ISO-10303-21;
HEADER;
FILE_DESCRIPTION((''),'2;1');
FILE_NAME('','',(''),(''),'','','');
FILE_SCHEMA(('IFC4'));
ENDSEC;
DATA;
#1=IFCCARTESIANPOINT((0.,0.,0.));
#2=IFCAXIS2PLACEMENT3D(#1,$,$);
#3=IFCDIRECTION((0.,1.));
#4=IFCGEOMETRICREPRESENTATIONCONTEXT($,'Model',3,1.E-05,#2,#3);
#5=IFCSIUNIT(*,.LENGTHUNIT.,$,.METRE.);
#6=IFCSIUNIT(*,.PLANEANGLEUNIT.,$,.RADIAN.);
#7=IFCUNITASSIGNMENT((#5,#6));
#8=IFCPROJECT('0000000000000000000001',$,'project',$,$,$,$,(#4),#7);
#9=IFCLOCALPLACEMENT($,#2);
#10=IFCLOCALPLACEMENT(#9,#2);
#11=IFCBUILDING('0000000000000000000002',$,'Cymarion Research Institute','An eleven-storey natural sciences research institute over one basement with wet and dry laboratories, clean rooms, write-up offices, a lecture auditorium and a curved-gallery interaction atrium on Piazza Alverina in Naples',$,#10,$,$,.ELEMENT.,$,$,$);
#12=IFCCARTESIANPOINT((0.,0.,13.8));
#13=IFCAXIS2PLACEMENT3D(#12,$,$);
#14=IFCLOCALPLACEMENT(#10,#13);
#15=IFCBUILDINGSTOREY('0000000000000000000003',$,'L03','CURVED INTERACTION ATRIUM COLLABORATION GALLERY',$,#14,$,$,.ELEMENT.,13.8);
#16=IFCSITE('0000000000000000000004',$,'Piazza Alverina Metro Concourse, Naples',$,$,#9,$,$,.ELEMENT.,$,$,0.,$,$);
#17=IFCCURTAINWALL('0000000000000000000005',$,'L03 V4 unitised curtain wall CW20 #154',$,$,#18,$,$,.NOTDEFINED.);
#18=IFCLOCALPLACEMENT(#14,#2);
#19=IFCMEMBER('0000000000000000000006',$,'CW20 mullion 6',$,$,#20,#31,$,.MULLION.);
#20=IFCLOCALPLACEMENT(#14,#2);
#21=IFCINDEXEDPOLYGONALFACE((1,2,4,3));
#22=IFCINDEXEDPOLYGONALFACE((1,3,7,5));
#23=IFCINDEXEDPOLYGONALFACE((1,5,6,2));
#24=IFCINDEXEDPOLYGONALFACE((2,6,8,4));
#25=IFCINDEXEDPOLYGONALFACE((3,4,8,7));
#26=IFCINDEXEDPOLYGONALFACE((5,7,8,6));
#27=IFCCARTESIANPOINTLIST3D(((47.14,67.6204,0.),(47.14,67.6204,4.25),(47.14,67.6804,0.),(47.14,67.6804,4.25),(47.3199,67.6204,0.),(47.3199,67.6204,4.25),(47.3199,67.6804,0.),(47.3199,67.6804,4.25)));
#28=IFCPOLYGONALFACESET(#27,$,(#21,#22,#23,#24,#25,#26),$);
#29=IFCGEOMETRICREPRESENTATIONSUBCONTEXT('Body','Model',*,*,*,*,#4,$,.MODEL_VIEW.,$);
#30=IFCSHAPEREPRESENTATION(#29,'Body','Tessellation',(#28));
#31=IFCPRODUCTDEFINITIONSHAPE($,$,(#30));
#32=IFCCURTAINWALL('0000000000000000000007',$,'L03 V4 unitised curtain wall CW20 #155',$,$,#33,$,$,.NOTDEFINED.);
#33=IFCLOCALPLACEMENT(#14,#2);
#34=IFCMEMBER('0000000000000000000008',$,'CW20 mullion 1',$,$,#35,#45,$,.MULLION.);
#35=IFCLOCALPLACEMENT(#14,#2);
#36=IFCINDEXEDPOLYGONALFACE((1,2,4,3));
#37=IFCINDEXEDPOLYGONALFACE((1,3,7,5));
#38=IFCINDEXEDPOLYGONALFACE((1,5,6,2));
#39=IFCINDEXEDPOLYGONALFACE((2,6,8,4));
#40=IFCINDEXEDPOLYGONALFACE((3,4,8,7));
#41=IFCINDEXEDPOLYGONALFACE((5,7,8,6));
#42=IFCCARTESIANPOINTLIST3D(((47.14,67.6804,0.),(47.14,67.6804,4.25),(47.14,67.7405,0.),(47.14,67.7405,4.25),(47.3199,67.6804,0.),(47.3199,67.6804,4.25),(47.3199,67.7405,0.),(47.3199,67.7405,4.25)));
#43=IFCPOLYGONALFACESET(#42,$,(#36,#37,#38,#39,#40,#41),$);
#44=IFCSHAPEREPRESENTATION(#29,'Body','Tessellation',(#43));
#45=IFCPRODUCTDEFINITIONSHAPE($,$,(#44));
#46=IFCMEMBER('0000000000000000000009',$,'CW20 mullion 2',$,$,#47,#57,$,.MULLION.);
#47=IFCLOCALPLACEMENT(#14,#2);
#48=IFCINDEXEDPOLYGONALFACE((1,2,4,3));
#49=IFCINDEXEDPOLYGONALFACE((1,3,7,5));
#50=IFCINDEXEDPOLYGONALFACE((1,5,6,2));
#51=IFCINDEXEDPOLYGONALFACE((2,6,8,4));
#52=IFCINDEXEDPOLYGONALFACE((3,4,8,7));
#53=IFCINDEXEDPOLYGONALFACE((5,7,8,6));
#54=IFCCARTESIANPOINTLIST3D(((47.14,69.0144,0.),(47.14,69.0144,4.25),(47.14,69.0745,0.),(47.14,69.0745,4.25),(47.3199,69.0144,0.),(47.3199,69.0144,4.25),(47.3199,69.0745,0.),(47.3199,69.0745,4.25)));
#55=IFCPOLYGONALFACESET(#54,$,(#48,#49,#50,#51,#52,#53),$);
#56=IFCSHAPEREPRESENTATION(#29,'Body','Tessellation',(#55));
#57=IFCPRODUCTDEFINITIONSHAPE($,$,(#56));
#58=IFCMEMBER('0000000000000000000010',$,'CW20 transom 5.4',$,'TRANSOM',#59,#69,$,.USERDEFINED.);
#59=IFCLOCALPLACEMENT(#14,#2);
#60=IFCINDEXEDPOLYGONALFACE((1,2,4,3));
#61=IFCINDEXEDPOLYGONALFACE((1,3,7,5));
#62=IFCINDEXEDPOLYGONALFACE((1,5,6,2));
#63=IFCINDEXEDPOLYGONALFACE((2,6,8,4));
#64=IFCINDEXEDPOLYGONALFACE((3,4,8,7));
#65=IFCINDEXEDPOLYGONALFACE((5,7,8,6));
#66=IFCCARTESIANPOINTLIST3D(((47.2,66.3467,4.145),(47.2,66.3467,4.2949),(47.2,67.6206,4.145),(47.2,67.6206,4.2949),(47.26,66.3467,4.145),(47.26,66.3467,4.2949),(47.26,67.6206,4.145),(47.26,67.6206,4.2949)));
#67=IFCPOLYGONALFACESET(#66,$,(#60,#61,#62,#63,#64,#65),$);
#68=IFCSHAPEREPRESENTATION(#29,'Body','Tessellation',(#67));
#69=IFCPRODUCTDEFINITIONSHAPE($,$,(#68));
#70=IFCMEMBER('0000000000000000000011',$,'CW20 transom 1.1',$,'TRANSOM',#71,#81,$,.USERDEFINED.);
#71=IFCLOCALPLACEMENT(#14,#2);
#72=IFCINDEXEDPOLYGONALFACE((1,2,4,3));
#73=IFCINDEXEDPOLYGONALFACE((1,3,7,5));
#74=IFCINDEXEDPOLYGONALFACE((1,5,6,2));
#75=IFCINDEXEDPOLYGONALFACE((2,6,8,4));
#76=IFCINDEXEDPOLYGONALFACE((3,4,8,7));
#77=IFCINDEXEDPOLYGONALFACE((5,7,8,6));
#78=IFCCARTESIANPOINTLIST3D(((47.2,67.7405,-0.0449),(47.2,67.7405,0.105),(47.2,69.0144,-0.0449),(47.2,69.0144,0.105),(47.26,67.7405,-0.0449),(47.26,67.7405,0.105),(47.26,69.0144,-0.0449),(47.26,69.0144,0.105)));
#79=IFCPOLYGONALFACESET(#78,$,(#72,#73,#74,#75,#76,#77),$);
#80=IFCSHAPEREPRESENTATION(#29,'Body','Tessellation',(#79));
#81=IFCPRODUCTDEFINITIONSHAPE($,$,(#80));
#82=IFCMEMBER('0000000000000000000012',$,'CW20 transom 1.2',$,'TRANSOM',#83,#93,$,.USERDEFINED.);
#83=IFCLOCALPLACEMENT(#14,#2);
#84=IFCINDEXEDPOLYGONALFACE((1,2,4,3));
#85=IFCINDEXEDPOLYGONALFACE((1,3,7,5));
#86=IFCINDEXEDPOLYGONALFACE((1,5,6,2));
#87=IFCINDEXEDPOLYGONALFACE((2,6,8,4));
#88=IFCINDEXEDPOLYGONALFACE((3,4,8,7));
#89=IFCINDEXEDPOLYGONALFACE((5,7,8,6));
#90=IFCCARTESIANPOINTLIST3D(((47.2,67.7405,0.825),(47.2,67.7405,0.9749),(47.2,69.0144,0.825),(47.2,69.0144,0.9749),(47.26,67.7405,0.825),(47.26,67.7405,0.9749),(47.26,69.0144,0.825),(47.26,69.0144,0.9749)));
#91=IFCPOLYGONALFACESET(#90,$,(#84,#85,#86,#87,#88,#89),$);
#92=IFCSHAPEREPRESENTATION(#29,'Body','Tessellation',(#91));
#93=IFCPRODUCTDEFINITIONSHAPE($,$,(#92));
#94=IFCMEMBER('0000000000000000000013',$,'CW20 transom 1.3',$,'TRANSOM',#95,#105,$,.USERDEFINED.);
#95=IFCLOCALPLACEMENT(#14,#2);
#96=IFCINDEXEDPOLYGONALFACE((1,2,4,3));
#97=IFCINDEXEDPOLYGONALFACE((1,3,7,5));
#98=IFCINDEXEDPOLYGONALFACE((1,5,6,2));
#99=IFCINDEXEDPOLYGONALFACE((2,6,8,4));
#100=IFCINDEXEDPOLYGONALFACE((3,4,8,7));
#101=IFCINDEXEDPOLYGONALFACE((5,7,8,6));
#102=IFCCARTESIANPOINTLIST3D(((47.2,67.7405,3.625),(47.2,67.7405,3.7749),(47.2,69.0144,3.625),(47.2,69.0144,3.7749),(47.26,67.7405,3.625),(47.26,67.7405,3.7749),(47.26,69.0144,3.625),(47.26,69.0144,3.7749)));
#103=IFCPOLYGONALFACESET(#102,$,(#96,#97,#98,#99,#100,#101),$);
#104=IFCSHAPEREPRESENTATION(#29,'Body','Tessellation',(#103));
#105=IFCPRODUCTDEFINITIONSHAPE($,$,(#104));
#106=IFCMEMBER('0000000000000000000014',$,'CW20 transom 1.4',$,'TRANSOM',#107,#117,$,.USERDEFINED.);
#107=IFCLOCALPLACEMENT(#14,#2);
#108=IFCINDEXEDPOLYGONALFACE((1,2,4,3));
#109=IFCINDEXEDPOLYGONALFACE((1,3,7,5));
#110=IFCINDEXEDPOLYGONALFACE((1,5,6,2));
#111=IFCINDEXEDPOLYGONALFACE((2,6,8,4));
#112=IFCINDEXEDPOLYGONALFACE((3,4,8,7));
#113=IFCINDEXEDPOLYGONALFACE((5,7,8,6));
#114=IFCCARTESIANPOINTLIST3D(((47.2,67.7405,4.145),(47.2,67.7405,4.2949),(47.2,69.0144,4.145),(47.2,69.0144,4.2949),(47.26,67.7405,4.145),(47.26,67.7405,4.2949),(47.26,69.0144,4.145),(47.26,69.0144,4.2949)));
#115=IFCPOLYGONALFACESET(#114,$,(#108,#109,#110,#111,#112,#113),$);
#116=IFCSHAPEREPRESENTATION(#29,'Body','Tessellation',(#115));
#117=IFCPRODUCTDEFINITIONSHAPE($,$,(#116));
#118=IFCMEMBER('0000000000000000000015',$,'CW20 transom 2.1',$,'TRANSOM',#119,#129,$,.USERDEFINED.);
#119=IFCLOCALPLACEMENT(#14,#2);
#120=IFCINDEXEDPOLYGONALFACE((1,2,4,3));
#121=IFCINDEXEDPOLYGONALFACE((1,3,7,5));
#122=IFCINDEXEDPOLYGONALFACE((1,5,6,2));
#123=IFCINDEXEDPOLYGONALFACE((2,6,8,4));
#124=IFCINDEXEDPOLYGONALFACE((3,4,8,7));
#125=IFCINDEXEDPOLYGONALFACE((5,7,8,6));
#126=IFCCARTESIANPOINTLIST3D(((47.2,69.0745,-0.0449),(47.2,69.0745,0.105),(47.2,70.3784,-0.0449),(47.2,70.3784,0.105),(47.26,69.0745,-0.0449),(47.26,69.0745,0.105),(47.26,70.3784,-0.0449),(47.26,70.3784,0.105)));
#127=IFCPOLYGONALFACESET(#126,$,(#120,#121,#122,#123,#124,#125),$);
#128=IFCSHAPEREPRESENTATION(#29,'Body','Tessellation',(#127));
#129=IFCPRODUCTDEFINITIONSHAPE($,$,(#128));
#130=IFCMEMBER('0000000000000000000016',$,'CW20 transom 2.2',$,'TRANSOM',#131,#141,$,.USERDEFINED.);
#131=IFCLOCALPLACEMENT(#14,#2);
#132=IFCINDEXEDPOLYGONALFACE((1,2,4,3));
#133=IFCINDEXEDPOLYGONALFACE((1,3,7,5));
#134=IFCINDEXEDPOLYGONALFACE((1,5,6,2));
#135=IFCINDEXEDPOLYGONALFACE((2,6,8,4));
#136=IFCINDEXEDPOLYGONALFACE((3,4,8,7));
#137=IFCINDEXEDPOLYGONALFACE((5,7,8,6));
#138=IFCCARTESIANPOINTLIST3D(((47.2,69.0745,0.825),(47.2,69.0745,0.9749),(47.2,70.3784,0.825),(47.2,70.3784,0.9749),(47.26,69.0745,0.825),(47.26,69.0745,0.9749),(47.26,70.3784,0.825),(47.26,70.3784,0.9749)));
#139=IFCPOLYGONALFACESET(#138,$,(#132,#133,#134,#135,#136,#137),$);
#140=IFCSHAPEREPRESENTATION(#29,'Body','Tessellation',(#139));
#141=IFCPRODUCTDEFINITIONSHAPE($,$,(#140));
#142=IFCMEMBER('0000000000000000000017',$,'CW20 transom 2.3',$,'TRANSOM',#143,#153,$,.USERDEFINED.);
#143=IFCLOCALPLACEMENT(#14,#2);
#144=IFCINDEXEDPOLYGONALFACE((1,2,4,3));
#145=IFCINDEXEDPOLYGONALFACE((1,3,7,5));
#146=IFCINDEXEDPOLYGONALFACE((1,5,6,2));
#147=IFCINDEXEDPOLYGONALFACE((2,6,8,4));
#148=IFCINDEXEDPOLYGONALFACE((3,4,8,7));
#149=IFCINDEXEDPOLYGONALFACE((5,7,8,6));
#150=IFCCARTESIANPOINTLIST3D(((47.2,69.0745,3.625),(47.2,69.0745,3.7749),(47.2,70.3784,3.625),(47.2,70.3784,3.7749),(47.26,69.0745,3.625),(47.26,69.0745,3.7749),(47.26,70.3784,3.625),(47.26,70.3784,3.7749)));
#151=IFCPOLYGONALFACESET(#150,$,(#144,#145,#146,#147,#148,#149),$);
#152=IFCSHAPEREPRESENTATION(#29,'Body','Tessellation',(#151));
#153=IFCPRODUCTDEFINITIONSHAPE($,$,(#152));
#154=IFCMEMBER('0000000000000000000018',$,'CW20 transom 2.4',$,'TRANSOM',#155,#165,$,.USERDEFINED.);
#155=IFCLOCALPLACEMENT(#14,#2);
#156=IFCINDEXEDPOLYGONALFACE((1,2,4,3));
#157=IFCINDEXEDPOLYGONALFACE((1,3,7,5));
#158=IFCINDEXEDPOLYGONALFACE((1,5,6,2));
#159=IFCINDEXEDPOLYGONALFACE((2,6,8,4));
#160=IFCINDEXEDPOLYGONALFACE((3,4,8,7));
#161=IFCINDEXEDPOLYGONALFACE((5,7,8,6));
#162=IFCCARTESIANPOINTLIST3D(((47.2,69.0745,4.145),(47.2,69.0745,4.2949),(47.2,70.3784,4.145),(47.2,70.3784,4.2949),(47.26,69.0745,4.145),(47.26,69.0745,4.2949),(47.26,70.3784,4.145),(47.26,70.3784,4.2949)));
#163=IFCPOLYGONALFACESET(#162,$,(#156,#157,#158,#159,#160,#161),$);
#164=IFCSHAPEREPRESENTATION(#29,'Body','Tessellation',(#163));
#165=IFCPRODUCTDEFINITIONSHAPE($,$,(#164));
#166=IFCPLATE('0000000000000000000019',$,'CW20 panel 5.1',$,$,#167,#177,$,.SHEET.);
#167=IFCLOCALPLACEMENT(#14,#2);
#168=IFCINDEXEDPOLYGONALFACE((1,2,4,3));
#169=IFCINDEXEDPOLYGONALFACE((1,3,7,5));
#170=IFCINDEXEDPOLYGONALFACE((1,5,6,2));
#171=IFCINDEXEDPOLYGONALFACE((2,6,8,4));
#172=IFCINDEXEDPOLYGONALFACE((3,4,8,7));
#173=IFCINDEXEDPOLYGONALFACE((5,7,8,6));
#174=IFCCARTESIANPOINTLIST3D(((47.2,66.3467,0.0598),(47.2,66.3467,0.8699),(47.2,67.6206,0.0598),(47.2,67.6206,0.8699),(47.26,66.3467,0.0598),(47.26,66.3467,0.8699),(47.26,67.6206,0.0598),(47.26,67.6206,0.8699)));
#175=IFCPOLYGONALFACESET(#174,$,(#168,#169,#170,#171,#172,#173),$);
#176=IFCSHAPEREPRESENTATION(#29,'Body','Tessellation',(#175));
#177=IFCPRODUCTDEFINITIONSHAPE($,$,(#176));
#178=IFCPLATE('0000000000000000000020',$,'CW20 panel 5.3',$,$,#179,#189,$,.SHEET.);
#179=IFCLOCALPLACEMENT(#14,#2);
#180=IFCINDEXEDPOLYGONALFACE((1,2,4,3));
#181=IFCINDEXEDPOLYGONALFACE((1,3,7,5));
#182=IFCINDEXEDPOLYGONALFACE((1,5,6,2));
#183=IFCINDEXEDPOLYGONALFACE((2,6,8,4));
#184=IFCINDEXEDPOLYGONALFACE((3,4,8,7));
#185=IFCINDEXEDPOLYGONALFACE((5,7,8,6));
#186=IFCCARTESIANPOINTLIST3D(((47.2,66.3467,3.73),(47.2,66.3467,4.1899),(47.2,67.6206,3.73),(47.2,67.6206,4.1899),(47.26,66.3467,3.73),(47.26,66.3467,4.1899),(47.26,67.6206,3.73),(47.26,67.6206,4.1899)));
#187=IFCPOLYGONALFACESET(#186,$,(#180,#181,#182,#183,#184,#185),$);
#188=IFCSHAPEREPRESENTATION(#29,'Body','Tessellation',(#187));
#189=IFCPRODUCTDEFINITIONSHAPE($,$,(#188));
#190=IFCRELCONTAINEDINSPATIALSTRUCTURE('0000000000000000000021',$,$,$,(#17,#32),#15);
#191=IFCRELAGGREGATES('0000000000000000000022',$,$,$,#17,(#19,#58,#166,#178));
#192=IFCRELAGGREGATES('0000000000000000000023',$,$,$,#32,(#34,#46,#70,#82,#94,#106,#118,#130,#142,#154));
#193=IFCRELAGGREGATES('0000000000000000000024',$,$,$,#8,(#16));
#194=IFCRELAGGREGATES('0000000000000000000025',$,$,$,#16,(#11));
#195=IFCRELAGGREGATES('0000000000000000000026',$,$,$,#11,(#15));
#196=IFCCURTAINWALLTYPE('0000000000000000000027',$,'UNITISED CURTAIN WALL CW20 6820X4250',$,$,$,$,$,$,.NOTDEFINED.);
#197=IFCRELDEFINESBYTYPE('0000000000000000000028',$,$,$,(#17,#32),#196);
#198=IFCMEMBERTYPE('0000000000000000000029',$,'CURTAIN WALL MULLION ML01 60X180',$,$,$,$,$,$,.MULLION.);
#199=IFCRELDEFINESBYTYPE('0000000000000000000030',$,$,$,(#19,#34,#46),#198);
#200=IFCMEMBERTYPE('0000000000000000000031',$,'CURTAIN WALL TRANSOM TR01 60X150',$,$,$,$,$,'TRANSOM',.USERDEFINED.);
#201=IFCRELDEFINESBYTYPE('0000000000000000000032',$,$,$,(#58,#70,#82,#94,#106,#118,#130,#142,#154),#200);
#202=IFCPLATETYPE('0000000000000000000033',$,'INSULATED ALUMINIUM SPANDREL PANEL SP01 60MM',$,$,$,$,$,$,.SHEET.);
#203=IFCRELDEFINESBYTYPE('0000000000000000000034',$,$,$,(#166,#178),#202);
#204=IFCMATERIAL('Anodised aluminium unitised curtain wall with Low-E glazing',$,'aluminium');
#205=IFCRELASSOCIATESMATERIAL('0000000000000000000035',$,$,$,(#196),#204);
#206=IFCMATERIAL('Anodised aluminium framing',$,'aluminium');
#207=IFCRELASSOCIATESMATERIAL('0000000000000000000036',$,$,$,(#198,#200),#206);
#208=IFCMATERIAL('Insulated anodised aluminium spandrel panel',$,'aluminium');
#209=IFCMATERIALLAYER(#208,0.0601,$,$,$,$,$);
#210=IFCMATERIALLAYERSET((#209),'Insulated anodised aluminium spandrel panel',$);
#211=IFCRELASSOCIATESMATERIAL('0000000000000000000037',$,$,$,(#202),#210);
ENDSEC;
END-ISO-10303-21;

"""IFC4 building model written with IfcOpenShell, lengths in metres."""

from ifc_helpers import new_model, si_unit, direction, frame, origin, origin_2d, place, context, subcontext, project, spatial, rectangle, extrude, material, layer, layer_set, material_profile, profile_set, type_object, element, aggregate, save


model = new_model("IFC4")

# Units and contexts
model_context = context("Model", 3, precision=1e-05, world=origin(), true_north=direction((0.0, 1.0)))
body_context = subcontext(model_context, "Body", "Model", "MODEL_VIEW")
ifc_project = project(units=[si_unit("LENGTHUNIT", "METRE"), si_unit("PLANEANGLEUNIT", "RADIAN")], contexts=[model_context])

# Site, building, storey
site_placement = place(None, origin())
site = spatial("IfcSite", under=ifc_project, at=site_placement, Name="Piazza Alverina Metro Concourse, Naples", CompositionType="ELEMENT", RefElevation=0.0)
building_placement = place(site_placement, origin())
building = spatial("IfcBuilding", under=site, at=building_placement, Name="Cymarion Research Institute", Description="An eleven-storey natural sciences research institute over one basement with wet and dry laboratories, clean rooms, write-up offices, a lecture auditorium and a curved-gallery interaction atrium on Piazza Alverina in Naples", CompositionType="ELEMENT")
storey_placement = place(building_placement, frame((0.0, 0.0, 13.8)))
storey = spatial("IfcBuildingStorey", under=building, at=storey_placement, Name="L03", Description="CURVED INTERACTION ATRIUM COLLABORATION GALLERY", CompositionType="ELEMENT", Elevation=13.8)

# Curtain wall, member
ifc_material_1 = material(Name="Anodised aluminium unitised curtain wall with Low-E glazing", Category="aluminium")
curtain_wall_type = type_object("IfcCurtainWallType", Name="UNITISED CURTAIN WALL CW20 6820X4250", PredefinedType="NOTDEFINED", material=ifc_material_1)
curtain_wall_1_placement = place(storey_placement, origin())
curtain_wall_1 = element("IfcCurtainWall", 1, at=curtain_wall_1_placement, inside=storey, type_object=curtain_wall_type, Name="L03 V4 unitised curtain wall CW20 #154", PredefinedType="NOTDEFINED")
ifc_material_2 = material(Name="Anodised aluminium framing", Category="aluminium")
ifc_material_profile_1 = material_profile(ifc_material_2, rectangle(XDim=0.0601, YDim=0.1799, at=origin_2d()), Name="ALU MULLION 60x180")
ifc_profile_set_1 = profile_set([ifc_material_profile_1], Name="Anodised aluminium framing")
member_type_1 = type_object("IfcMemberType", Name="CURTAIN WALL MULLION ML01 60X180", PredefinedType="MULLION", material=ifc_profile_set_1)
member_1_placement = place(storey_placement, frame((47.23, 67.6504, 0.0), z_axis=(0.0, 0.0, 1.0), x_axis=(0.0, 1.0, 0.0)))
member_1 = element("IfcMember", 2, at=member_1_placement, type_object=member_type_1, Name="CW20 mullion 6", PredefinedType="MULLION", context=body_context, shape_type="SweptSolid", body=[
    extrude(rectangle(XDim=0.0601, YDim=0.1799, at=origin_2d()), origin(), (0.0, 0.0, 1.0), 4.25),
])

# Curtain wall, members
curtain_wall_2_placement = place(storey_placement, origin())
curtain_wall_2 = element("IfcCurtainWall", 3, at=curtain_wall_2_placement, inside=storey, type_object=curtain_wall_type, Name="L03 V4 unitised curtain wall CW20 #155", PredefinedType="NOTDEFINED")
member_2_placement = place(storey_placement, frame((47.23, 67.7104, 0.0), z_axis=(0.0, 0.0, 1.0), x_axis=(0.0, 1.0, 0.0)))
member_2 = element("IfcMember", 4, at=member_2_placement, type_object=member_type_1, Name="CW20 mullion 1", PredefinedType="MULLION", context=body_context, shape_type="SweptSolid", body=[
    extrude(rectangle(XDim=0.0601, YDim=0.1799, at=origin_2d()), origin(), (0.0, 0.0, 1.0), 4.25),
])
member_3_placement = place(storey_placement, frame((47.23, 69.0444, 0.0), z_axis=(0.0, 0.0, 1.0), x_axis=(0.0, 1.0, 0.0)))
member_3 = element("IfcMember", 5, at=member_3_placement, type_object=member_type_1, Name="CW20 mullion 2", PredefinedType="MULLION", context=body_context, shape_type="SweptSolid", body=[
    extrude(rectangle(XDim=0.0601, YDim=0.1799, at=origin_2d()), origin(), (0.0, 0.0, 1.0), 4.25),
])

# Members
ifc_material_profile_2 = material_profile(ifc_material_2, rectangle(XDim=0.0601, YDim=0.1499, at=origin_2d()), Name="ALU TRANSOM 60x150")
ifc_profile_set_2 = profile_set([ifc_material_profile_2], Name="Anodised aluminium framing")
member_type_2 = type_object("IfcMemberType", Name="CURTAIN WALL TRANSOM TR01 60X150", ElementType="TRANSOM", PredefinedType="USERDEFINED", material=ifc_profile_set_2)
member_4_placement = place(storey_placement, frame((47.23, 66.3467, 4.22), z_axis=(0.0, 1.0, 0.0), x_axis=(-1.0, 0.0, 0.0)))
member_4 = element("IfcMember", 6, at=member_4_placement, type_object=member_type_2, Name="CW20 transom 5.4", ObjectType="TRANSOM", PredefinedType="USERDEFINED", context=body_context, shape_type="SweptSolid", body=[
    extrude(rectangle(XDim=0.0601, YDim=0.1499, at=origin_2d()), origin(), (0.0, 0.0, 1.0), 1.2739),
])
member_5_placement = place(storey_placement, frame((47.23, 67.7405, 0.03), z_axis=(0.0, 1.0, 0.0), x_axis=(-1.0, 0.0, 0.0)))
member_5 = element("IfcMember", 7, at=member_5_placement, type_object=member_type_2, Name="CW20 transom 1.1", ObjectType="TRANSOM", PredefinedType="USERDEFINED", context=body_context, shape_type="SweptSolid", body=[
    extrude(rectangle(XDim=0.0601, YDim=0.1499, at=origin_2d()), origin(), (0.0, 0.0, 1.0), 1.2739),
])
member_6_placement = place(storey_placement, frame((47.23, 67.7405, 0.8999), z_axis=(0.0, 1.0, 0.0), x_axis=(-1.0, 0.0, 0.0)))
member_6 = element("IfcMember", 8, at=member_6_placement, type_object=member_type_2, Name="CW20 transom 1.2", ObjectType="TRANSOM", PredefinedType="USERDEFINED", context=body_context, shape_type="SweptSolid", body=[
    extrude(rectangle(XDim=0.0601, YDim=0.1499, at=origin_2d()), origin(), (0.0, 0.0, 1.0), 1.2739),
])
member_7_placement = place(storey_placement, frame((47.23, 67.7405, 3.7), z_axis=(0.0, 1.0, 0.0), x_axis=(-1.0, 0.0, 0.0)))
member_7 = element("IfcMember", 9, at=member_7_placement, type_object=member_type_2, Name="CW20 transom 1.3", ObjectType="TRANSOM", PredefinedType="USERDEFINED", context=body_context, shape_type="SweptSolid", body=[
    extrude(rectangle(XDim=0.0601, YDim=0.1499, at=origin_2d()), origin(), (0.0, 0.0, 1.0), 1.2739),
])
member_8_placement = place(storey_placement, frame((47.23, 67.7405, 4.22), z_axis=(0.0, 1.0, 0.0), x_axis=(-1.0, 0.0, 0.0)))
member_8 = element("IfcMember", 10, at=member_8_placement, type_object=member_type_2, Name="CW20 transom 1.4", ObjectType="TRANSOM", PredefinedType="USERDEFINED", context=body_context, shape_type="SweptSolid", body=[
    extrude(rectangle(XDim=0.0601, YDim=0.1499, at=origin_2d()), origin(), (0.0, 0.0, 1.0), 1.2739),
])
member_9_placement = place(storey_placement, frame((47.23, 69.0745, 0.03), z_axis=(0.0, 1.0, 0.0), x_axis=(-1.0, 0.0, 0.0)))
member_9 = element("IfcMember", 11, at=member_9_placement, type_object=member_type_2, Name="CW20 transom 2.1", ObjectType="TRANSOM", PredefinedType="USERDEFINED", context=body_context, shape_type="SweptSolid", body=[
    extrude(rectangle(XDim=0.0601, YDim=0.1499, at=origin_2d()), origin(), (0.0, 0.0, 1.0), 1.304),
])
member_10_placement = place(storey_placement, frame((47.23, 69.0745, 0.8999), z_axis=(0.0, 1.0, 0.0), x_axis=(-1.0, 0.0, 0.0)))
member_10 = element("IfcMember", 12, at=member_10_placement, type_object=member_type_2, Name="CW20 transom 2.2", ObjectType="TRANSOM", PredefinedType="USERDEFINED", context=body_context, shape_type="SweptSolid", body=[
    extrude(rectangle(XDim=0.0601, YDim=0.1499, at=origin_2d()), origin(), (0.0, 0.0, 1.0), 1.304),
])
member_11_placement = place(storey_placement, frame((47.23, 69.0745, 3.7), z_axis=(0.0, 1.0, 0.0), x_axis=(-1.0, 0.0, 0.0)))
member_11 = element("IfcMember", 13, at=member_11_placement, type_object=member_type_2, Name="CW20 transom 2.3", ObjectType="TRANSOM", PredefinedType="USERDEFINED", context=body_context, shape_type="SweptSolid", body=[
    extrude(rectangle(XDim=0.0601, YDim=0.1499, at=origin_2d()), origin(), (0.0, 0.0, 1.0), 1.304),
])
member_12_placement = place(storey_placement, frame((47.23, 69.0745, 4.22), z_axis=(0.0, 1.0, 0.0), x_axis=(-1.0, 0.0, 0.0)))
member_12 = element("IfcMember", 14, at=member_12_placement, type_object=member_type_2, Name="CW20 transom 2.4", ObjectType="TRANSOM", PredefinedType="USERDEFINED", context=body_context, shape_type="SweptSolid", body=[
    extrude(rectangle(XDim=0.0601, YDim=0.1499, at=origin_2d()), origin(), (0.0, 0.0, 1.0), 1.304),
])

# Plates
ifc_material_3 = material(Name="Insulated anodised aluminium spandrel panel", Category="aluminium")
ifc_layer_1 = layer(ifc_material_3, 0.0601)
ifc_layer_set_1 = layer_set([ifc_layer_1], Name="Insulated anodised aluminium spandrel panel")
plate_type_1 = type_object("IfcPlateType", Name="INSULATED ALUMINIUM SPANDREL PANEL SP01 60MM", PredefinedType="SHEET", material=ifc_layer_set_1)
plate_1_placement = place(storey_placement, frame((47.23, 66.9836, 0.0598), z_axis=(0.0, 0.0, 1.0), x_axis=(0.0, 1.0, 0.0)))
plate_1 = element("IfcPlate", 15, at=plate_1_placement, type_object=plate_type_1, Name="CW20 panel 5.1", PredefinedType="SHEET", context=body_context, shape_type="SweptSolid", body=[
    extrude(rectangle(XDim=1.2739, YDim=0.0601, at=origin_2d()), origin(), (0.0, 0.0, 1.0), 0.8101),
])
plate_2_placement = place(storey_placement, frame((47.23, 66.9836, 3.73), z_axis=(0.0, 0.0, 1.0), x_axis=(0.0, 1.0, 0.0)))
plate_2 = element("IfcPlate", 16, at=plate_2_placement, type_object=plate_type_1, Name="CW20 panel 5.3", PredefinedType="SHEET", context=body_context, shape_type="SweptSolid", body=[
    extrude(rectangle(XDim=1.2739, YDim=0.0601, at=origin_2d()), origin(), (0.0, 0.0, 1.0), 0.46),
])
aggregate(curtain_wall_1, [member_1, member_4, plate_1, plate_2])
aggregate(curtain_wall_2, [member_2, member_3, member_5, member_6, member_7, member_8, member_9, member_10, member_11, member_12])

save(model, "model.ifc")
